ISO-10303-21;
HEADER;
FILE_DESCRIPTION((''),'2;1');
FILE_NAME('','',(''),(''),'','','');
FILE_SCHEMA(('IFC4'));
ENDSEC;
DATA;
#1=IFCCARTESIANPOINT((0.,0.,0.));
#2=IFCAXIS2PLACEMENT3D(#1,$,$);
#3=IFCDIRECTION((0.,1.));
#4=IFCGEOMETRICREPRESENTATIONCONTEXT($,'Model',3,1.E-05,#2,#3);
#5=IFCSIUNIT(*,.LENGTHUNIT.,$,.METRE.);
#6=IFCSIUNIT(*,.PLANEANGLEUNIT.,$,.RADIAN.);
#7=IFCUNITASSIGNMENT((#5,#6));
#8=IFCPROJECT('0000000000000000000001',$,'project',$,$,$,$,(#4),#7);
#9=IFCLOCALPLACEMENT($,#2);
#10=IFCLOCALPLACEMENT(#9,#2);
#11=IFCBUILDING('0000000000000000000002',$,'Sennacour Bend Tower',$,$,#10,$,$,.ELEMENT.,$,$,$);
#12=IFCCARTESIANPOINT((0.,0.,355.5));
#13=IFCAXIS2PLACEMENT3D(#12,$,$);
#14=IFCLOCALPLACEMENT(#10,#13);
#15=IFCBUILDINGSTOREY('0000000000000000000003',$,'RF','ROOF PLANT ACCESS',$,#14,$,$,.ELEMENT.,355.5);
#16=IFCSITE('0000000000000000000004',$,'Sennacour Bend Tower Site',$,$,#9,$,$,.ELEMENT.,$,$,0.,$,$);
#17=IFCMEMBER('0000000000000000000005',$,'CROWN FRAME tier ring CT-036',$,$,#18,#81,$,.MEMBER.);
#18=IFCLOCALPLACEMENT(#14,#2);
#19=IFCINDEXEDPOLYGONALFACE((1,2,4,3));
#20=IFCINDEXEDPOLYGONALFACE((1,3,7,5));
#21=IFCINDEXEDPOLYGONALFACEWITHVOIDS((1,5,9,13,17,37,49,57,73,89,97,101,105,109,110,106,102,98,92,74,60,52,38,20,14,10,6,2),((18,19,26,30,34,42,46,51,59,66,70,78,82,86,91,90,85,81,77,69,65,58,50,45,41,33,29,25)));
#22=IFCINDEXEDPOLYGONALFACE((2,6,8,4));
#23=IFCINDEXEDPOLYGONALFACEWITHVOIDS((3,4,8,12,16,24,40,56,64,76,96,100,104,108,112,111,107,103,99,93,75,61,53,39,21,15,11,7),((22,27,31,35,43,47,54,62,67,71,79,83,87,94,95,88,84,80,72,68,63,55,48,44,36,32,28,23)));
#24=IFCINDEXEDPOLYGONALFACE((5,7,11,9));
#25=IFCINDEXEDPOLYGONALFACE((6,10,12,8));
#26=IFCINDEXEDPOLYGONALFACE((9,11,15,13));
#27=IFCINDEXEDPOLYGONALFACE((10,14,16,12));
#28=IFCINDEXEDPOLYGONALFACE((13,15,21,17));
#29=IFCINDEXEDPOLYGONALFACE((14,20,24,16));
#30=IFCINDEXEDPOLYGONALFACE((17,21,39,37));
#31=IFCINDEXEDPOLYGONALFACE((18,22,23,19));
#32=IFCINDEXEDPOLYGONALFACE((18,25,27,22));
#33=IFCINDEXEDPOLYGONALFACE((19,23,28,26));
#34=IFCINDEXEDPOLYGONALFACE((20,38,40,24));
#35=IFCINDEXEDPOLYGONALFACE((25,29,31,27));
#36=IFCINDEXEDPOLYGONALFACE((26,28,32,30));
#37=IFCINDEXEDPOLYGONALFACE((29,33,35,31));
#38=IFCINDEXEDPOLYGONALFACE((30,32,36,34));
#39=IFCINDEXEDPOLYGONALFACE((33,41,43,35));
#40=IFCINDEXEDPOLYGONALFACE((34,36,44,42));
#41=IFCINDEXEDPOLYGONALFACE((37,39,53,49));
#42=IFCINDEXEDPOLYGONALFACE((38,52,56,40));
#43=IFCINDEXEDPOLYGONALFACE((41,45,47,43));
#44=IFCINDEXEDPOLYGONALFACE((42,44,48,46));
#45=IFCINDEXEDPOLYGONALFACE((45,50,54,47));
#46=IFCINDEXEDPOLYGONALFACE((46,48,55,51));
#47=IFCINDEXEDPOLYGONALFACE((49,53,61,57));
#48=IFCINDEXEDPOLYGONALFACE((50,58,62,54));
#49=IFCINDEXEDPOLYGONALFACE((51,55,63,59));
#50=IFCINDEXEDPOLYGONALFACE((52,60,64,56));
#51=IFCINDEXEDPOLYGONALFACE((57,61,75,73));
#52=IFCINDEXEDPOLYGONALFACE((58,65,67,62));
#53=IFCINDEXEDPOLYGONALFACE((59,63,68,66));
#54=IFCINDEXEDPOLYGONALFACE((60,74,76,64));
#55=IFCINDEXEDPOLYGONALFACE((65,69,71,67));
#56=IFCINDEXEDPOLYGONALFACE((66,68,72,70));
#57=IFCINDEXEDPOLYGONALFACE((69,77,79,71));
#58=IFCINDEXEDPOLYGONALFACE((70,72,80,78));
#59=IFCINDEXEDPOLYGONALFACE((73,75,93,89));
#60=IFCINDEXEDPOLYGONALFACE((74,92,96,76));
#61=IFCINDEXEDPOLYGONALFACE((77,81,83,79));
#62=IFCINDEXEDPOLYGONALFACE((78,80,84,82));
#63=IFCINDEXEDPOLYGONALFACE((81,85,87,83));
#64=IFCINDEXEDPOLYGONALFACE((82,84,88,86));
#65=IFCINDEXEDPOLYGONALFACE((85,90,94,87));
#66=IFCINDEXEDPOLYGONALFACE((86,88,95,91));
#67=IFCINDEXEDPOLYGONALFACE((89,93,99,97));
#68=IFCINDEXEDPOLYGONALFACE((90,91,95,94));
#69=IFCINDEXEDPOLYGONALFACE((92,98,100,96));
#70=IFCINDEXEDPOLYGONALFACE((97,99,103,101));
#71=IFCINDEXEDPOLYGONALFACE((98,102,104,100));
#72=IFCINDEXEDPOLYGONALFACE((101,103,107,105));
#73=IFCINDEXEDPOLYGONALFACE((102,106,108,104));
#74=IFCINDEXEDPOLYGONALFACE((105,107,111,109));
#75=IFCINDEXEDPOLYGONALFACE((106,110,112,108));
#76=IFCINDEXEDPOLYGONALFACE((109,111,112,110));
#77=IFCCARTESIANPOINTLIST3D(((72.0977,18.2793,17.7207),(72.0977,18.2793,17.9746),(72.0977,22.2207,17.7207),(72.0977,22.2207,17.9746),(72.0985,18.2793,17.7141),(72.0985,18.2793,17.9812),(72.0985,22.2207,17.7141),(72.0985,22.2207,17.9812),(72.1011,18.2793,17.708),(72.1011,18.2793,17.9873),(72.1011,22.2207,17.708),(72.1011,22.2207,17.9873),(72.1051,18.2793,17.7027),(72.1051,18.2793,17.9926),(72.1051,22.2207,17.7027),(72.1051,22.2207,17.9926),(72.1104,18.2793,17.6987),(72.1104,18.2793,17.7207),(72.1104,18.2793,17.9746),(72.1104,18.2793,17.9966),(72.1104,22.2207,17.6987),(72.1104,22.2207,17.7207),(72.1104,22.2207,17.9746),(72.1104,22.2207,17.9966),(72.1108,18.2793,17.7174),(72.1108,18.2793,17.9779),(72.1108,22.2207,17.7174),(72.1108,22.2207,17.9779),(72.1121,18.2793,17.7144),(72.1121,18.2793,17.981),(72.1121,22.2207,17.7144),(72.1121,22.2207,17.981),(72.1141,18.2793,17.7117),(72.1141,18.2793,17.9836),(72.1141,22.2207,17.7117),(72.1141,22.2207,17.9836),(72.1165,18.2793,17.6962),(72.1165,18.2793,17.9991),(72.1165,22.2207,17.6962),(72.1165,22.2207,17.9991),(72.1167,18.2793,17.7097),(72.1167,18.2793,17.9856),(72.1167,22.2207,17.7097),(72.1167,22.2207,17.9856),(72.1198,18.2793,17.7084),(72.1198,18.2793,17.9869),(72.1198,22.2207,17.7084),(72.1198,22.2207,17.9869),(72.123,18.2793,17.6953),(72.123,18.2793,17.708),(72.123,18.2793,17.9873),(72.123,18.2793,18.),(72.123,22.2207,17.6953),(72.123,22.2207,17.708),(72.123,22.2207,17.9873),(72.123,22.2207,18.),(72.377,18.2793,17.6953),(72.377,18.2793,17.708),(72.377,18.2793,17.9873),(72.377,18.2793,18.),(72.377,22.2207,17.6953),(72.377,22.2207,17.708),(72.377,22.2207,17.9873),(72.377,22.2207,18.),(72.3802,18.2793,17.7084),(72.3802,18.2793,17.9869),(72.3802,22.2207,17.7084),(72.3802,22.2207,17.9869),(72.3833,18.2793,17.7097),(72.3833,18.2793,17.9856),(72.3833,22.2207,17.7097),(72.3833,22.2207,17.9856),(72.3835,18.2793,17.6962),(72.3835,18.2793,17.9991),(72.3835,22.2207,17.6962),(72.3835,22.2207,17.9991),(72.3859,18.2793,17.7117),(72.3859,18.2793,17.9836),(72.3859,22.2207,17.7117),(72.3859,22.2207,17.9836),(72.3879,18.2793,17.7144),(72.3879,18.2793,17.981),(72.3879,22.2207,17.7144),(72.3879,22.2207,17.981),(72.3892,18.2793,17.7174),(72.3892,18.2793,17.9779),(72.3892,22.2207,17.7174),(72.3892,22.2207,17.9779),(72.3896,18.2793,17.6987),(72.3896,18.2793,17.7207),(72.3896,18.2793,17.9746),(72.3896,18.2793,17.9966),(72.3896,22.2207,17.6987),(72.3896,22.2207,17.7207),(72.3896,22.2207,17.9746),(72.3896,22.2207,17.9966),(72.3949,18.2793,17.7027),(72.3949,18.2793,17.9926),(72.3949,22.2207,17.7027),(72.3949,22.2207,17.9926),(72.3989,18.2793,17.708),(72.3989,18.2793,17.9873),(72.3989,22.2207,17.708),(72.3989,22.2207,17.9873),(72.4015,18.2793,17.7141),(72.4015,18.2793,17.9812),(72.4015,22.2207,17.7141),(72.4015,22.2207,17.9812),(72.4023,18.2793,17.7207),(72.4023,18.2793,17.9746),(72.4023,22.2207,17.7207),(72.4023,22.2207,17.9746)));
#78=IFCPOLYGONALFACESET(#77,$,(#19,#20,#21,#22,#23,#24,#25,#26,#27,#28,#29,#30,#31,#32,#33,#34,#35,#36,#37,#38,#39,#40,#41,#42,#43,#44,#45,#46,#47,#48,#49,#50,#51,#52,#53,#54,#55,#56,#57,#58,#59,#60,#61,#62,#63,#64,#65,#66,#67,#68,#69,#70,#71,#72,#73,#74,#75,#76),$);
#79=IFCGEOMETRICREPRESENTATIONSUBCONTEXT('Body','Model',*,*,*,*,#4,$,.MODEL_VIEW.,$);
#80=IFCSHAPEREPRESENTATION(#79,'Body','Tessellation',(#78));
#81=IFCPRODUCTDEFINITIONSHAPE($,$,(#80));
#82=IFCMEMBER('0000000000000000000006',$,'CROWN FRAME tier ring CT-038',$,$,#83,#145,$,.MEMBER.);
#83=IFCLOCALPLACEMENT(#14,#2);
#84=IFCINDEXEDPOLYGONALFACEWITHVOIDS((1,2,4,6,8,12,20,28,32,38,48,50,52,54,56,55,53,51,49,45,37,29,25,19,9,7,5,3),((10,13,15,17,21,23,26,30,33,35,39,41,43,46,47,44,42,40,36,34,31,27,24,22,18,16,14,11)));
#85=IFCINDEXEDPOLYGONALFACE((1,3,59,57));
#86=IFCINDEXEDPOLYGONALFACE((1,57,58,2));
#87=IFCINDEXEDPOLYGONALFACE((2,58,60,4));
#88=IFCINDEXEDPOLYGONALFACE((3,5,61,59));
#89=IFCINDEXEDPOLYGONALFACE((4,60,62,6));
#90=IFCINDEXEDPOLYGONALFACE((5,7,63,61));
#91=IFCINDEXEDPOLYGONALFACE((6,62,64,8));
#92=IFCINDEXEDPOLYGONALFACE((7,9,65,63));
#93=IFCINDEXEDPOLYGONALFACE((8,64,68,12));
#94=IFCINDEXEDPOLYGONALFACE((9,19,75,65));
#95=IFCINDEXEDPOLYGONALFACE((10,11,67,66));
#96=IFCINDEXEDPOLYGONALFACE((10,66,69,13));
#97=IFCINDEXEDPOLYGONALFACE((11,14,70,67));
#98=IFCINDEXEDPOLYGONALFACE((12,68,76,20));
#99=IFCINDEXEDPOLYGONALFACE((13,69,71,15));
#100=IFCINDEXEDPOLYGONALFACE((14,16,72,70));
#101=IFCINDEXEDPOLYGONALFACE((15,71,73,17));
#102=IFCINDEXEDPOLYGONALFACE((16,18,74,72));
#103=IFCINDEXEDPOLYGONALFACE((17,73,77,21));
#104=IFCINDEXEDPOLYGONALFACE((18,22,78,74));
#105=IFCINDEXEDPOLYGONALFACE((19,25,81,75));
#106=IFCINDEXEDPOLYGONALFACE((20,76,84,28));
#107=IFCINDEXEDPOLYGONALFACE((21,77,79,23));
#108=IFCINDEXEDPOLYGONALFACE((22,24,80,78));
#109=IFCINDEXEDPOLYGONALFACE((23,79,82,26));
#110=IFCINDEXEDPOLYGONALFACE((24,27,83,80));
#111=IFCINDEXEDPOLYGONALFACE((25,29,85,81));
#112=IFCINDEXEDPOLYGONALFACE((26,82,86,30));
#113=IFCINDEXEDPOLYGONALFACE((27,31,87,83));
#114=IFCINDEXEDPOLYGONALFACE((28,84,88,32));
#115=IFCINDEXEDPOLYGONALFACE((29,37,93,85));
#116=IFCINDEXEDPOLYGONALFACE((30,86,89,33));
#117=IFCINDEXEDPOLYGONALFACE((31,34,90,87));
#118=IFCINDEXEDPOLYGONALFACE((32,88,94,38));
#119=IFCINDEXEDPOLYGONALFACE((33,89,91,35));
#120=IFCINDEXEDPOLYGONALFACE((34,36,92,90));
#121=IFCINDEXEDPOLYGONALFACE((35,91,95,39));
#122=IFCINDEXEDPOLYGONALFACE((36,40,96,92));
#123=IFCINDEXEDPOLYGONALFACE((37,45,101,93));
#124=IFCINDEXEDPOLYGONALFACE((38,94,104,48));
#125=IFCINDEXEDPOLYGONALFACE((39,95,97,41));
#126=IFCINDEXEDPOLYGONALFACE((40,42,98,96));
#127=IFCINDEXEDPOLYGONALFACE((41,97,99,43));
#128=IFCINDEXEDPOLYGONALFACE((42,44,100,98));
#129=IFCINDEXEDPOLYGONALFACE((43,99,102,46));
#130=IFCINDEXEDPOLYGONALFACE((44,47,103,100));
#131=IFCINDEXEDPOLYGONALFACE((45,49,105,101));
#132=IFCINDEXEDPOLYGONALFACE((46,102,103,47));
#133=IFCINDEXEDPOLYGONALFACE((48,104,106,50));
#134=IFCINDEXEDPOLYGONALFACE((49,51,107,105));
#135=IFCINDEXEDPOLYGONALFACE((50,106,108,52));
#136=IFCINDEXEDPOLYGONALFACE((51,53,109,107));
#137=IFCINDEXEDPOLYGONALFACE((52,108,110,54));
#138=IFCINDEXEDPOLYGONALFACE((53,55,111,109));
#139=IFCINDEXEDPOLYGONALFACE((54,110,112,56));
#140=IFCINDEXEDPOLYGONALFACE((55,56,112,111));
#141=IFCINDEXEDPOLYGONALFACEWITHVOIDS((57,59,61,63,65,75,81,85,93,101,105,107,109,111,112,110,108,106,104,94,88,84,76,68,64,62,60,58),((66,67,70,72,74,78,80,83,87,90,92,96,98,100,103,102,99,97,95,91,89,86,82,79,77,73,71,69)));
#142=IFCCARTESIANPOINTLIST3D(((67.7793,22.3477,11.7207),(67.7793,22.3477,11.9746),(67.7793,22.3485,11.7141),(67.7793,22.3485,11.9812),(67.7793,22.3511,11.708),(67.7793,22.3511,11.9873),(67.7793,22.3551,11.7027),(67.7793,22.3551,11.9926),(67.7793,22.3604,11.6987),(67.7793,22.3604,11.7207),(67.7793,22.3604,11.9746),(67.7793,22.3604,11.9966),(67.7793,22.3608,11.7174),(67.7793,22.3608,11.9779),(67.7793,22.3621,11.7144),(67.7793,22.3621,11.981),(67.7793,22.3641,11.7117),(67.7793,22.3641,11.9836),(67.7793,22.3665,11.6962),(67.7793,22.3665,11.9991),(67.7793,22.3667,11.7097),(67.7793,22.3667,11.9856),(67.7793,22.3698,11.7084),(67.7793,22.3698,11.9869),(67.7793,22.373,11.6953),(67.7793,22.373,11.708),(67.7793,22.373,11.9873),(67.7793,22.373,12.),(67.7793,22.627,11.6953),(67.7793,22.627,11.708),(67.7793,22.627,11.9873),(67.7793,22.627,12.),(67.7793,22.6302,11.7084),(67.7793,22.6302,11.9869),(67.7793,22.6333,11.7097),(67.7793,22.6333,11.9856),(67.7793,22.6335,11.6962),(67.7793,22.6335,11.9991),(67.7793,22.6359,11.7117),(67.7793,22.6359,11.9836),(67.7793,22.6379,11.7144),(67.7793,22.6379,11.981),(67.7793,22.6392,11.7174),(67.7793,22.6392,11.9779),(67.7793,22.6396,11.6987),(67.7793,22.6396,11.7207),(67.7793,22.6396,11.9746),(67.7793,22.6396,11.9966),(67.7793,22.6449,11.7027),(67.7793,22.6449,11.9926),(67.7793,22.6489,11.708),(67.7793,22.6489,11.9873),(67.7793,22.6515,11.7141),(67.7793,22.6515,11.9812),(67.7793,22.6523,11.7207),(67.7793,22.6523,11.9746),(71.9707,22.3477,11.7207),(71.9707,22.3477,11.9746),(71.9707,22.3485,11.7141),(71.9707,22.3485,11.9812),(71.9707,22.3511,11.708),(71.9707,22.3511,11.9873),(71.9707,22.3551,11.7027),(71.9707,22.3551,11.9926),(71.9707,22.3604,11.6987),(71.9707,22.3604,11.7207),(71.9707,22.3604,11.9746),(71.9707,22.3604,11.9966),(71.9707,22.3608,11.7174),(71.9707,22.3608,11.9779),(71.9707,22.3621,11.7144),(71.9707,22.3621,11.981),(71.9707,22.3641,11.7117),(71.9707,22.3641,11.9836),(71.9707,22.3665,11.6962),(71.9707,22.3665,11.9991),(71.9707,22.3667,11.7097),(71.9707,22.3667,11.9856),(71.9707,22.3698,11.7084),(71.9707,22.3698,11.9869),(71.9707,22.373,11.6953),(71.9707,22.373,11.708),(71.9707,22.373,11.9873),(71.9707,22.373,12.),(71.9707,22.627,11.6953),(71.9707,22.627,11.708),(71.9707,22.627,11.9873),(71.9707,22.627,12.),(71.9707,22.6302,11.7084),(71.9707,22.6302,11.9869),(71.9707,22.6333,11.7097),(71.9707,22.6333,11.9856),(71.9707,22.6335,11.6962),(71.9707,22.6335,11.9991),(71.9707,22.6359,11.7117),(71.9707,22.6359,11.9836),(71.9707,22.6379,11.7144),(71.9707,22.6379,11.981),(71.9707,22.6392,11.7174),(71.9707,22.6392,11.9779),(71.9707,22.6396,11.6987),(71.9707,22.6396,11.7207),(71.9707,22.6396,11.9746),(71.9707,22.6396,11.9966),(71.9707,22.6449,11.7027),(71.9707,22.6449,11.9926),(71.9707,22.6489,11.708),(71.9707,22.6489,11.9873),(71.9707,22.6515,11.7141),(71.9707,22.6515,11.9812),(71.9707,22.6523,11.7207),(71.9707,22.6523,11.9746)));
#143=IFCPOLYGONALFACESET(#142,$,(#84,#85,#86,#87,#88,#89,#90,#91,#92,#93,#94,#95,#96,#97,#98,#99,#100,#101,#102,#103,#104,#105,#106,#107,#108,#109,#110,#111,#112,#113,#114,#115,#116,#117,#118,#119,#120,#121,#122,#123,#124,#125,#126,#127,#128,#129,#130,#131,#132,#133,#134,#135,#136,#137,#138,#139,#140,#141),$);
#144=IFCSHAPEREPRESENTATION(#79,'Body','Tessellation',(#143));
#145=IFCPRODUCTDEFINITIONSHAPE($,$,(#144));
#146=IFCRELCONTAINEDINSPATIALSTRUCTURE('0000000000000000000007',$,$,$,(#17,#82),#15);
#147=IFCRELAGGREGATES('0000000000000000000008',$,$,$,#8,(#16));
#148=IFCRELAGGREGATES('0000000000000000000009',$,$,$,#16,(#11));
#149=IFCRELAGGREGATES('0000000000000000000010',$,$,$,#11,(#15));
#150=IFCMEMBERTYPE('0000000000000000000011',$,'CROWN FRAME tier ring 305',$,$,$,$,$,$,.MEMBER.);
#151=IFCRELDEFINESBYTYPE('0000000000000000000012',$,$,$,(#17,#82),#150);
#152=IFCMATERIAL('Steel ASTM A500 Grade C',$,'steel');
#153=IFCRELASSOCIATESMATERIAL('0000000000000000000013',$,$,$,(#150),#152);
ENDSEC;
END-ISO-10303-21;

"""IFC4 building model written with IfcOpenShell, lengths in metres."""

from ifc_helpers import new_model, si_unit, direction, frame, origin, origin_2d, place, context, subcontext, project, spatial, hollow_rectangle, extrude, material, material_profile, profile_set, type_object, element, save


model = new_model("IFC4")

# Units and contexts
model_context = context("Model", 3, precision=1e-05, world=origin(), true_north=direction((0.0, 1.0)))
body_context = subcontext(model_context, "Body", "Model", "MODEL_VIEW")
ifc_project = project(units=[si_unit("LENGTHUNIT", "METRE"), si_unit("PLANEANGLEUNIT", "RADIAN")], contexts=[model_context])

# Site, building, storey
site_placement = place(None, origin())
site = spatial("IfcSite", under=ifc_project, at=site_placement, Name="Sennacour Bend Tower Site", CompositionType="ELEMENT", RefElevation=0.0)
building_placement = place(site_placement, origin())
building = spatial("IfcBuilding", under=site, at=building_placement, Name="Sennacour Bend Tower", CompositionType="ELEMENT")
storey_placement = place(building_placement, frame((0.0, 0.0, 355.5)))
storey = spatial("IfcBuildingStorey", under=building, at=storey_placement, Name="RF", Description="ROOF PLANT ACCESS", CompositionType="ELEMENT", Elevation=355.5)

# Shared definitions
ifc_material_1 = material(Name="Steel ASTM A500 Grade C", Category="steel")

# Members
ifc_material_profile_1 = material_profile(ifc_material_1, hollow_rectangle(XDim=0.3047, YDim=0.3047, WallThickness=0.0127, InnerFilletRadius=0.0127, OuterFilletRadius=0.0254, at=origin_2d()), Name="Steel ASTM A500 Grade C", Category="steel")
ifc_profile_set_1 = profile_set([ifc_material_profile_1], Name="Steel ASTM A500 Grade C")
member_type_1 = type_object("IfcMemberType", Name="CROWN FRAME tier ring 305", PredefinedType="MEMBER", material=ifc_profile_set_1)
for number, where, z_axis, x_axis, name in (
    (1, (72.25, 18.2793, 17.8477), (0.0, 1.0, 0.0), (-1.0, 0.0, 0.0), "CROWN FRAME tier ring CT-036"),
):
    element("IfcMember", number, at=place(storey_placement, frame(where, z_axis=z_axis, x_axis=x_axis)), inside=storey, type_object=member_type_1, Name=name, PredefinedType="MEMBER", context=body_context, shape_type="SweptSolid", body=[
        extrude(hollow_rectangle(XDim=0.3047, YDim=0.3047, WallThickness=0.0127, InnerFilletRadius=0.0127, OuterFilletRadius=0.0254, at=origin_2d()), origin(), (0.0, 0.0, 1.0), 3.9414),
    ])
for number, where, z_axis, x_axis, name in (
    (2, (71.9707, 22.5, 11.8477), (-1.0, 0.0, 0.0), (0.0, -1.0, 0.0), "CROWN FRAME tier ring CT-038"),
):
    element("IfcMember", number, at=place(storey_placement, frame(where, z_axis=z_axis, x_axis=x_axis)), inside=storey, type_object=member_type_1, Name=name, PredefinedType="MEMBER", context=body_context, shape_type="SweptSolid", body=[
        extrude(hollow_rectangle(XDim=0.3047, YDim=0.3047, WallThickness=0.0127, InnerFilletRadius=0.0127, OuterFilletRadius=0.0254, at=origin_2d()), origin(), (0.0, 0.0, 1.0), 4.1914),
    ])

save(model, "model.ifc")
